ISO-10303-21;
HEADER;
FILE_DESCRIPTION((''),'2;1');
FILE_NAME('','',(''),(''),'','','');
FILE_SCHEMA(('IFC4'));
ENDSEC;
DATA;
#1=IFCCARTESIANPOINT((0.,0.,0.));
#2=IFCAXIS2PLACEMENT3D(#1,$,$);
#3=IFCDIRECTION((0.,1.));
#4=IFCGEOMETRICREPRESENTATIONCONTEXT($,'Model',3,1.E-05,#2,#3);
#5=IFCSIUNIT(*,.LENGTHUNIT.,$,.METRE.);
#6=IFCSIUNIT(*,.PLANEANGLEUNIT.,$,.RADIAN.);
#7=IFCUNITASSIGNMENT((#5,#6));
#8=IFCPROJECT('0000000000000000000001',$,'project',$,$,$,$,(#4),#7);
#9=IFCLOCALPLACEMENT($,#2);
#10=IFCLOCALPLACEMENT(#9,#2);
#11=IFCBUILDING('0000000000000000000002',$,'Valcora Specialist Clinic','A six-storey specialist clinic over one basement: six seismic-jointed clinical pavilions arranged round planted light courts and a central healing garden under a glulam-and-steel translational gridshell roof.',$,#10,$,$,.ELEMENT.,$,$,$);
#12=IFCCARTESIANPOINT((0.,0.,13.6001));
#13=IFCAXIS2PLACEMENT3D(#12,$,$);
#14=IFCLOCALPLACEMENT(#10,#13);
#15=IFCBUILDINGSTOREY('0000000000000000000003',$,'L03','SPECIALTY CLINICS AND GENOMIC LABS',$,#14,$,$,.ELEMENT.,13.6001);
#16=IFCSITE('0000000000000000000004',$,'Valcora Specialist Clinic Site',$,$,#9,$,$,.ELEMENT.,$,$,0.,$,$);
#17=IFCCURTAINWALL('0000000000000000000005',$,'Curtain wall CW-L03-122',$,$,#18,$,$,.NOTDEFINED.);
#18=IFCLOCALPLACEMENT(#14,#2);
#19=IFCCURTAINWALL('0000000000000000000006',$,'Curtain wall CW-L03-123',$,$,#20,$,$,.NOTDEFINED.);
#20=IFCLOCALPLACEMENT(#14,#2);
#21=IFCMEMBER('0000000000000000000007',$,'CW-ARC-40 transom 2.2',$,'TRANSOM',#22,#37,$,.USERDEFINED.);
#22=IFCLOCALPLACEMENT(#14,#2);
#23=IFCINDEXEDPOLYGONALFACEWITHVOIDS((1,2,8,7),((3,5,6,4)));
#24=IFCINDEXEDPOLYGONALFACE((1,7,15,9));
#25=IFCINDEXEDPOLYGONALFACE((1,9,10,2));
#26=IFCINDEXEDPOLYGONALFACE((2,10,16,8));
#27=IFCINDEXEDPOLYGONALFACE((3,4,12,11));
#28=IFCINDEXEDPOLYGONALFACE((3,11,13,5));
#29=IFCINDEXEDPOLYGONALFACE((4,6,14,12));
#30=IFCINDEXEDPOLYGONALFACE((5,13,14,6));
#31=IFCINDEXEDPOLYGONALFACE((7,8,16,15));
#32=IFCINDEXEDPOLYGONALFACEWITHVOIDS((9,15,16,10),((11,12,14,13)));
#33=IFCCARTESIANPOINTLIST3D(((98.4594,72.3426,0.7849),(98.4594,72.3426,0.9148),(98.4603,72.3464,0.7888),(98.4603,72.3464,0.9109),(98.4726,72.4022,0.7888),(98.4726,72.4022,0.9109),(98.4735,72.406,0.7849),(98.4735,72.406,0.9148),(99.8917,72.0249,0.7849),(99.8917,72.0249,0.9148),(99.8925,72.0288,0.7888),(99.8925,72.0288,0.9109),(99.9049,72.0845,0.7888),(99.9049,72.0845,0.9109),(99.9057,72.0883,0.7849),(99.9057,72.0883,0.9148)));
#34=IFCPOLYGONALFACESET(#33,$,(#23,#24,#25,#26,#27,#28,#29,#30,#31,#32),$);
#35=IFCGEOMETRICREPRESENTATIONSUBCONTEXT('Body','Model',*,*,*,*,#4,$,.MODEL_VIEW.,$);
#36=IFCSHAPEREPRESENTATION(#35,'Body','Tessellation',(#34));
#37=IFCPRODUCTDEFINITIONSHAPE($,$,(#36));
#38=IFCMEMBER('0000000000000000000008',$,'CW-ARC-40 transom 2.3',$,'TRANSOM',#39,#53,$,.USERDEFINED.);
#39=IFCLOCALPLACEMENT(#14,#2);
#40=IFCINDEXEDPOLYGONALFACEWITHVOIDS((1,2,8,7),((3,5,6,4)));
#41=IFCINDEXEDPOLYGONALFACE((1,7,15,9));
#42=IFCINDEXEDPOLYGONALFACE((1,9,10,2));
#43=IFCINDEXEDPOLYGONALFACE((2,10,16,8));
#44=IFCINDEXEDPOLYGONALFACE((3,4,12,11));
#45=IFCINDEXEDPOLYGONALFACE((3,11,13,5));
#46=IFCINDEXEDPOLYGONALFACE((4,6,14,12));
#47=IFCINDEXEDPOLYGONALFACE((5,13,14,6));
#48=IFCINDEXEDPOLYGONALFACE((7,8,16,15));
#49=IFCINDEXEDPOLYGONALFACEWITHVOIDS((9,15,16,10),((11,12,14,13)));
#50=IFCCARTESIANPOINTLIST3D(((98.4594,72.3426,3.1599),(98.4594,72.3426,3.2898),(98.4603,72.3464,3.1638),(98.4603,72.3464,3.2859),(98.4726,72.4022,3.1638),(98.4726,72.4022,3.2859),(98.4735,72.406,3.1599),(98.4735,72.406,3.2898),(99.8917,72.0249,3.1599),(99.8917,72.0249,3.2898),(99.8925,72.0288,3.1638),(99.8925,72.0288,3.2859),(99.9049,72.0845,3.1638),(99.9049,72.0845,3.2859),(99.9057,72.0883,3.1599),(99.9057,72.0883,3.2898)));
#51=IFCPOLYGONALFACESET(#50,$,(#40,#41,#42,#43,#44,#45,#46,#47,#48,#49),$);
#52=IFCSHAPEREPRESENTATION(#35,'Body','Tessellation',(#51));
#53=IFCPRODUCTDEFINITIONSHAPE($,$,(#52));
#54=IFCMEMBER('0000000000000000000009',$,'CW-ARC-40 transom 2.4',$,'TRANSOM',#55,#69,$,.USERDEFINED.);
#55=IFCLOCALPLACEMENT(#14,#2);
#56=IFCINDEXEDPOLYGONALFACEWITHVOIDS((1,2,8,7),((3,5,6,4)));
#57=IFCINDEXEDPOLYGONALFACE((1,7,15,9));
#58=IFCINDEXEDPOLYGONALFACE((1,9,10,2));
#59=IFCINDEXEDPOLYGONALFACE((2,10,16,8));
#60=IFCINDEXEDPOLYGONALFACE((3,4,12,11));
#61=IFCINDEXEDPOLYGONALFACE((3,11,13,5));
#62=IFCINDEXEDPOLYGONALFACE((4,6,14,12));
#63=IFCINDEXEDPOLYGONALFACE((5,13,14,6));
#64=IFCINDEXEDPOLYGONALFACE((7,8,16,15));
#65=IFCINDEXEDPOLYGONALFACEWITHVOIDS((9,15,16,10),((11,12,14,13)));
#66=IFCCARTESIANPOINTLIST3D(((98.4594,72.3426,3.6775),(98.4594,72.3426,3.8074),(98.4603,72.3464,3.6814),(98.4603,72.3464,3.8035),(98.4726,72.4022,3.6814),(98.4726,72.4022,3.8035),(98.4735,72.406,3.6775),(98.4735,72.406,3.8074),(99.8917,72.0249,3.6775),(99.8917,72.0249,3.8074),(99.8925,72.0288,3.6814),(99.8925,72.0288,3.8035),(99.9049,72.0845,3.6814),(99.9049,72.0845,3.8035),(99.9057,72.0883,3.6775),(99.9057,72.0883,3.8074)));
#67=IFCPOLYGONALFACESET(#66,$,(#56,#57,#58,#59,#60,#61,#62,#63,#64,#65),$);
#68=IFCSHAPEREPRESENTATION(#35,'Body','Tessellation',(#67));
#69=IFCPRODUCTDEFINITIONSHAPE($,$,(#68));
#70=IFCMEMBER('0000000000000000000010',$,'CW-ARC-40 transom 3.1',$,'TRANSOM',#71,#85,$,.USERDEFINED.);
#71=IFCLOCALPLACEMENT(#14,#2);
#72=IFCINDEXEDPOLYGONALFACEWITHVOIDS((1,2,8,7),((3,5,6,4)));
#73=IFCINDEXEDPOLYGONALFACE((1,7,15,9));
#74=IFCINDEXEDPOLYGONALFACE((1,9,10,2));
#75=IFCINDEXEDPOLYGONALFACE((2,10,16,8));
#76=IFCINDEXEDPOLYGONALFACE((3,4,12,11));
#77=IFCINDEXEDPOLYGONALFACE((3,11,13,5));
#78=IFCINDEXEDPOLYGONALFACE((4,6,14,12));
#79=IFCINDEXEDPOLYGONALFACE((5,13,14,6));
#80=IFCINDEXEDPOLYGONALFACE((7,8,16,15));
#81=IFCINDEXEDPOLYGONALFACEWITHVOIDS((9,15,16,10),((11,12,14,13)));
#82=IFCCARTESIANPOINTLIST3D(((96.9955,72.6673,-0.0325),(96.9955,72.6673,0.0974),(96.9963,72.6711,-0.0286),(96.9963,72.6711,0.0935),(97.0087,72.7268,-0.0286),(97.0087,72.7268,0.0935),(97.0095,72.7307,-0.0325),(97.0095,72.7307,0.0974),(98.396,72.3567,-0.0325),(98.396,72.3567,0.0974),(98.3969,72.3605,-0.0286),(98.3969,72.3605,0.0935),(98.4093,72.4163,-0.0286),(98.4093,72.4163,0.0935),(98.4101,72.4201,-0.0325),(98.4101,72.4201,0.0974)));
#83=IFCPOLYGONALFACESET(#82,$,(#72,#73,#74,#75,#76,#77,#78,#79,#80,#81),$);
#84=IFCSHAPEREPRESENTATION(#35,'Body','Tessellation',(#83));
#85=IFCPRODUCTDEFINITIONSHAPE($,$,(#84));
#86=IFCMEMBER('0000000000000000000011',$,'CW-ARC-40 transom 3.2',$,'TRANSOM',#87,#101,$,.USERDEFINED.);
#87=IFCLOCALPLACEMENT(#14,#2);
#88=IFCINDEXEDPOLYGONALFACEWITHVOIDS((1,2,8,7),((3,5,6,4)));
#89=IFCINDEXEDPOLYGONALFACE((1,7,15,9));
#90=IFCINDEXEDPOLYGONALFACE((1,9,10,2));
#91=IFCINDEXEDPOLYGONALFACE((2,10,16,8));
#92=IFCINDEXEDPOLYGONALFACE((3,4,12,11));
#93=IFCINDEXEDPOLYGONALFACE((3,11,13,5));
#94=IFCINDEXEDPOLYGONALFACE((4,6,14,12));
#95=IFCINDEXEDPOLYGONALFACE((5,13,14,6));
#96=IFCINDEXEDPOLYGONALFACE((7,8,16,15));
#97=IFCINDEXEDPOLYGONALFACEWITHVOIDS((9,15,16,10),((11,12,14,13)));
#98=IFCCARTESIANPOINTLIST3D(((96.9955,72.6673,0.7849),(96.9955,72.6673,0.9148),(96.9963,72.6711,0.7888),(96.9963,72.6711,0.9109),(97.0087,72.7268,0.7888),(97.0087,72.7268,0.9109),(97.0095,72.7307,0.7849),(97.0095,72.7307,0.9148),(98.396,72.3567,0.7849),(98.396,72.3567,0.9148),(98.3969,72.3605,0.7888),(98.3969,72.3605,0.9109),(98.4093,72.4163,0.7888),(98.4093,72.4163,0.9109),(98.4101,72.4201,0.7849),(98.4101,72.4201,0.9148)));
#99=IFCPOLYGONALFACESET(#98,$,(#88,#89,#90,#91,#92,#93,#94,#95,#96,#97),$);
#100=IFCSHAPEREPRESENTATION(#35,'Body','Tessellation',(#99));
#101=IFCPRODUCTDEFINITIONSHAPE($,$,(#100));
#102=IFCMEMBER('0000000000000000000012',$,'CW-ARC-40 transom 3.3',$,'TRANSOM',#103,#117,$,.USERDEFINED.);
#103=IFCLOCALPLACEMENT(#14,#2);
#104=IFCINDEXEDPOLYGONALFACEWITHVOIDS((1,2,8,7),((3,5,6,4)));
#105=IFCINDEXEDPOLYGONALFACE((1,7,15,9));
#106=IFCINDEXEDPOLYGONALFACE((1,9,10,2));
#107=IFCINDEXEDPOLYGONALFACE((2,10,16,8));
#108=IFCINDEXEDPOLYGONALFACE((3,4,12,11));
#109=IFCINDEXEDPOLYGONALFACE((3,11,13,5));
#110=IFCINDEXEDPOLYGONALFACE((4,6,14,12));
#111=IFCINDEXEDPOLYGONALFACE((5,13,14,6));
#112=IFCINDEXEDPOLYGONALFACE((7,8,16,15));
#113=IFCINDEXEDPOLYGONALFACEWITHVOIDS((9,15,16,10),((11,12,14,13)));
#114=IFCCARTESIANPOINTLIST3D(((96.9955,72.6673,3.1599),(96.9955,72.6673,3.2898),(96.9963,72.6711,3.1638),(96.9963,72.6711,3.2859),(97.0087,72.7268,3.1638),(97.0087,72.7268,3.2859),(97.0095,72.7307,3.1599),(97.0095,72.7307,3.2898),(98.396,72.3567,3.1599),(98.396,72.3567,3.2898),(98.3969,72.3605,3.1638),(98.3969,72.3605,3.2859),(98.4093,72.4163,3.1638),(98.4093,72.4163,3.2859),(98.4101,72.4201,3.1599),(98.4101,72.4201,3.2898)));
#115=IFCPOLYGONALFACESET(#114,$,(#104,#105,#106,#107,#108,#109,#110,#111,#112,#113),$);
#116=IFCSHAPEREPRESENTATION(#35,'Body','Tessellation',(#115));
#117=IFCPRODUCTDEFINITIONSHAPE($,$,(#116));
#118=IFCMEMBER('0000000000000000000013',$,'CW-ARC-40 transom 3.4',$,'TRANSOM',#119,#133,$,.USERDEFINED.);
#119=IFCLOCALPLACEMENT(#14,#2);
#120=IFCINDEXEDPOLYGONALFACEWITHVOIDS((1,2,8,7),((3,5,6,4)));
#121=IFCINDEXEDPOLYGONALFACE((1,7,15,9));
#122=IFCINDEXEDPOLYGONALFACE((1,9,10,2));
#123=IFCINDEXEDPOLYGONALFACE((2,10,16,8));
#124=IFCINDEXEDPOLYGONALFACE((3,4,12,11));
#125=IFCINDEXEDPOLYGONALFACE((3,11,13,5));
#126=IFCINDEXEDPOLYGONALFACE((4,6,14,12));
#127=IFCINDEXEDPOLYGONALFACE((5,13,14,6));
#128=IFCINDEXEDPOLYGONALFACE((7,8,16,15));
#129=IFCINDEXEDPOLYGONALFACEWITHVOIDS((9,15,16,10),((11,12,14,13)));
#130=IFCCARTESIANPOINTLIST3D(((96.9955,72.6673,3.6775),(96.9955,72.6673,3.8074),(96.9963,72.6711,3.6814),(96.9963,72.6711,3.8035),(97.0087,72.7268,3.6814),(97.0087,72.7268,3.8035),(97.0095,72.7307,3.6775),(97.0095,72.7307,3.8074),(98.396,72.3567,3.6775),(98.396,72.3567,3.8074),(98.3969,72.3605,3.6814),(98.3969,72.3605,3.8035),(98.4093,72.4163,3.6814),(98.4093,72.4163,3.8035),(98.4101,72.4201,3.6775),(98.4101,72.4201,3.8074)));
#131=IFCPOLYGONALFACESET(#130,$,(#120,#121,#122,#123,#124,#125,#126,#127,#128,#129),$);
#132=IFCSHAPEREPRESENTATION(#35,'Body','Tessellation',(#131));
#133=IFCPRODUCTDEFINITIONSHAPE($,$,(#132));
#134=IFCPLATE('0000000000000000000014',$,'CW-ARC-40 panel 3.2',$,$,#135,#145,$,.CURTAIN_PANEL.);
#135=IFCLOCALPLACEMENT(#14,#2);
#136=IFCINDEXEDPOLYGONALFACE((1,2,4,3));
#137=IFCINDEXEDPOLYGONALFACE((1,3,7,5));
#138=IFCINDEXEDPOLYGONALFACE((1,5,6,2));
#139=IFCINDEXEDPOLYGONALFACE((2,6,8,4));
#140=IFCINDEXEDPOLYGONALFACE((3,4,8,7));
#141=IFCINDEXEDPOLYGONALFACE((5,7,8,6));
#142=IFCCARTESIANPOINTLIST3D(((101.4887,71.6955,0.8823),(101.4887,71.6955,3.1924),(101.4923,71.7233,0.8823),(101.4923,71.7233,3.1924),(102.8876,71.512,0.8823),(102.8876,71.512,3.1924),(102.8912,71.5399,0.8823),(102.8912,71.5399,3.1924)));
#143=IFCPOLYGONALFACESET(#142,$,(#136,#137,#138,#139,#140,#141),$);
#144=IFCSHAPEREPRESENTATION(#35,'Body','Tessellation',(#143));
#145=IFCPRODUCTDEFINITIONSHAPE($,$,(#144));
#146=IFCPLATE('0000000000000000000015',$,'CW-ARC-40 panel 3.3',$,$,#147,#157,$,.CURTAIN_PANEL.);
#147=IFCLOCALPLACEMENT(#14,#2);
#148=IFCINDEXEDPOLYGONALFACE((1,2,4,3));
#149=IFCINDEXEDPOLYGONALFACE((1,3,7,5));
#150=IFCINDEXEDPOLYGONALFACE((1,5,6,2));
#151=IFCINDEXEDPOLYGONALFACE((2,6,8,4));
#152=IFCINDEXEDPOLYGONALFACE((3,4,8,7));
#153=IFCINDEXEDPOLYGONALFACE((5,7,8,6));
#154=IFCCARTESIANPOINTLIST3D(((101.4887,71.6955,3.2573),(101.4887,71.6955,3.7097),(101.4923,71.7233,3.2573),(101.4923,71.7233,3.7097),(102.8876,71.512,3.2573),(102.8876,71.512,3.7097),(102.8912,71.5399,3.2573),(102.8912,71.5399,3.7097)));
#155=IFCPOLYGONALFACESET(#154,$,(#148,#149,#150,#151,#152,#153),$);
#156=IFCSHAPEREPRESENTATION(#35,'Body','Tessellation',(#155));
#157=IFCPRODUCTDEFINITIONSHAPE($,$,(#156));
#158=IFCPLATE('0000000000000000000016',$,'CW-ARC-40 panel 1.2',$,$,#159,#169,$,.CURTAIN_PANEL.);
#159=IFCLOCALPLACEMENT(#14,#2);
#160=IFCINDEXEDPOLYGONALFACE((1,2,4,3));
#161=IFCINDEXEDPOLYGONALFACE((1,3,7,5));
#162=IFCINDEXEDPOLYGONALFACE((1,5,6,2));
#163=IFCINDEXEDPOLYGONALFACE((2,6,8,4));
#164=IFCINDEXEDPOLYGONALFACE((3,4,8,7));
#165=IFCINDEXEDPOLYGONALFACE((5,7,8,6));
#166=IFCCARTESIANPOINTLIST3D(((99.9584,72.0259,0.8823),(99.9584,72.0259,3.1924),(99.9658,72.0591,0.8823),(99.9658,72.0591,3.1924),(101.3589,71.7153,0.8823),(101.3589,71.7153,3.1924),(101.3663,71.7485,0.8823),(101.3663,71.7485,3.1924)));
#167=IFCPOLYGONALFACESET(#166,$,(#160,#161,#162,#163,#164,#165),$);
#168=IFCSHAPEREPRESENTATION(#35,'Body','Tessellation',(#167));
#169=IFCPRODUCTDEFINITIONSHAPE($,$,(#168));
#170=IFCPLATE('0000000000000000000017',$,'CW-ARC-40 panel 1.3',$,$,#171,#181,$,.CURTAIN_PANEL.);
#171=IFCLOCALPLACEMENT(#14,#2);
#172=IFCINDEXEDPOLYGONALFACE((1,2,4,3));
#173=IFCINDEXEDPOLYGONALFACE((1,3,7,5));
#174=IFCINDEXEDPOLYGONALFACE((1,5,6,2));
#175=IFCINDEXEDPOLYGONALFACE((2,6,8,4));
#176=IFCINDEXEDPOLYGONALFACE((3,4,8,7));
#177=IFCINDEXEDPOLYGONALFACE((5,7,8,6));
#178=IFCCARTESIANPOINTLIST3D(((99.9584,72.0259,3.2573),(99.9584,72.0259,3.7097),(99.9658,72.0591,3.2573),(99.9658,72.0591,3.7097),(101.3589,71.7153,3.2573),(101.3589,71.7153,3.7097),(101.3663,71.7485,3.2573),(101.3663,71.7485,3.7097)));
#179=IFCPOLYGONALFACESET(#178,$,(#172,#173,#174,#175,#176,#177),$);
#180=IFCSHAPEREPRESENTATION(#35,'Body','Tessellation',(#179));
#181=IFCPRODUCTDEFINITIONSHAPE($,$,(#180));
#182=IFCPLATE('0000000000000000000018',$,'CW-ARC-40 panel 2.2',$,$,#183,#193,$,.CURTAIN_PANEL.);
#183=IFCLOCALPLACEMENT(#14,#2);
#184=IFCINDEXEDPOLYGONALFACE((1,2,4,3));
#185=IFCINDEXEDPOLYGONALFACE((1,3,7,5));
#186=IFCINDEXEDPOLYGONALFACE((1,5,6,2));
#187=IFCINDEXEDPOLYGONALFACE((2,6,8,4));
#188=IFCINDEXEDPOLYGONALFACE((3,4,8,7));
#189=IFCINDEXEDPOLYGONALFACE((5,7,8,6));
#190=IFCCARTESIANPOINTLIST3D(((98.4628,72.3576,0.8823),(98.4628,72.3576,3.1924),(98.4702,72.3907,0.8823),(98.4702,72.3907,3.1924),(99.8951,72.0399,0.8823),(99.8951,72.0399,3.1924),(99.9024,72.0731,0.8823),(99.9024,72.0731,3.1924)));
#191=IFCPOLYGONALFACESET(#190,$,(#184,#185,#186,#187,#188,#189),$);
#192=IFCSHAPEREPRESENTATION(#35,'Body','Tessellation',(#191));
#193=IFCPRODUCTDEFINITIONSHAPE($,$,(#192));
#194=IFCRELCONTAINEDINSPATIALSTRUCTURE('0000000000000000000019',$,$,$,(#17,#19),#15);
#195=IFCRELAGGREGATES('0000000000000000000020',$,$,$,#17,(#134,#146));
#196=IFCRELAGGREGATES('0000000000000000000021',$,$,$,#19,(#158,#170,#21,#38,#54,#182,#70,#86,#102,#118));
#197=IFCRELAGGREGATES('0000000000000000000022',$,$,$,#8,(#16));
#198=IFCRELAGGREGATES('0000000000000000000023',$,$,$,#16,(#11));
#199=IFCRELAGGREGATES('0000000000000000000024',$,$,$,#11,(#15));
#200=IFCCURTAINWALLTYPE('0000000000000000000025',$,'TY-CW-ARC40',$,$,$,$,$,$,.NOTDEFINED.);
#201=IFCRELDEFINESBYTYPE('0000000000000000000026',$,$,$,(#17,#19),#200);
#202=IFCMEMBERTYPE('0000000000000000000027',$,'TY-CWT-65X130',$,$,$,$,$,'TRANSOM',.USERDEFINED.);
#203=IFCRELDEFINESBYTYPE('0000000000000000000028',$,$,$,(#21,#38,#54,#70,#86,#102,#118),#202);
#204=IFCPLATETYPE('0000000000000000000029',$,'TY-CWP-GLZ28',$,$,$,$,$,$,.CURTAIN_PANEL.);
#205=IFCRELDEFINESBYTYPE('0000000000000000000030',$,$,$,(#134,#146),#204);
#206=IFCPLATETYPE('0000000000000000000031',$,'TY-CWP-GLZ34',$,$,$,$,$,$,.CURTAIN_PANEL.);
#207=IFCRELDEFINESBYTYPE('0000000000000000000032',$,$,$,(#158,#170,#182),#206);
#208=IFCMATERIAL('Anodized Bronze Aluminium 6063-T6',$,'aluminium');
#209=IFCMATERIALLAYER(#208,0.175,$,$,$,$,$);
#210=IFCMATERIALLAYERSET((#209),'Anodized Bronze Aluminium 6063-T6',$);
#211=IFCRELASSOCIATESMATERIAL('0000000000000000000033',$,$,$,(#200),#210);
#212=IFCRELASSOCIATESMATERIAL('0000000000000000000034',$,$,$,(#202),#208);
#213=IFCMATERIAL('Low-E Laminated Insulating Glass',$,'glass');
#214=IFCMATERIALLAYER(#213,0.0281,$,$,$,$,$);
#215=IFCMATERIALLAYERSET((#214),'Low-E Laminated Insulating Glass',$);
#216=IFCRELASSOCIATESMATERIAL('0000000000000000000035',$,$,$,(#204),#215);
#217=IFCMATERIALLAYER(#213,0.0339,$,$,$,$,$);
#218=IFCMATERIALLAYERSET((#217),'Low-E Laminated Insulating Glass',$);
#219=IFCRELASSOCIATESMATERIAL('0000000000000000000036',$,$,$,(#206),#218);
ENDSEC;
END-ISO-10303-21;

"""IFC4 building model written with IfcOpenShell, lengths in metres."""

from ifc_helpers import new_model, si_unit, direction, frame, origin, origin_2d, place, context, subcontext, project, spatial, rectangle, hollow_rectangle, extrude, material, layer, layer_set, material_profile, profile_set, type_object, element, aggregate, save


model = new_model("IFC4")

# Units and contexts
model_context = context("Model", 3, precision=1e-05, world=origin(), true_north=direction((0.0, 1.0)))
body_context = subcontext(model_context, "Body", "Model", "MODEL_VIEW")
ifc_project = project(units=[si_unit("LENGTHUNIT", "METRE"), si_unit("PLANEANGLEUNIT", "RADIAN")], contexts=[model_context])

# Site, building, storey
site_placement = place(None, origin())
site = spatial("IfcSite", under=ifc_project, at=site_placement, Name="Valcora Specialist Clinic Site", CompositionType="ELEMENT", RefElevation=0.0)
building_placement = place(site_placement, origin())
building = spatial("IfcBuilding", under=site, at=building_placement, Name="Valcora Specialist Clinic", Description="A six-storey specialist clinic over one basement: six seismic-jointed clinical pavilions arranged round planted light courts and a central healing garden under a glulam-and-steel translational gridshell roof.", CompositionType="ELEMENT")
storey_placement = place(building_placement, frame((0.0, 0.0, 13.6001)))
storey = spatial("IfcBuildingStorey", under=building, at=storey_placement, Name="L03", Description="SPECIALTY CLINICS AND GENOMIC LABS", CompositionType="ELEMENT", Elevation=13.6001)

# Curtain wall
ifc_material_1 = material(Name="Anodized Bronze Aluminium 6063-T6", Category="aluminium")
ifc_layer_1 = layer(ifc_material_1, 0.175)
ifc_layer_set_1 = layer_set([ifc_layer_1], Name="Anodized Bronze Aluminium 6063-T6")
curtain_wall_type = type_object("IfcCurtainWallType", Name="TY-CW-ARC40", PredefinedType="NOTDEFINED", material=ifc_layer_set_1)
curtain_wall_1_placement = place(storey_placement, origin())
curtain_wall_1 = element("IfcCurtainWall", 1, at=curtain_wall_1_placement, inside=storey, type_object=curtain_wall_type, Name="Curtain wall CW-L03-122", PredefinedType="NOTDEFINED")

# Curtain wall
curtain_wall_2_placement = place(storey_placement, origin())
curtain_wall_2 = element("IfcCurtainWall", 2, at=curtain_wall_2_placement, inside=storey, type_object=curtain_wall_type, Name="Curtain wall CW-L03-123", PredefinedType="NOTDEFINED")

# Members
ifc_material_profile_1 = material_profile(ifc_material_1, hollow_rectangle(XDim=0.0649, YDim=0.1299, WallThickness=0.0039, at=origin_2d()), Name="AL-TRN-65X130")
ifc_profile_set_1 = profile_set([ifc_material_profile_1], Name="Anodized Bronze Aluminium 6063-T6")
member_type_1 = type_object("IfcMemberType", Name="TY-CWT-65X130", ElementType="TRANSOM", PredefinedType="USERDEFINED", material=ifc_profile_set_1)
member_1_placement = place(storey_placement, frame((99.8987, 72.0566, 0.8499), z_axis=(-0.976277, 0.216525, 0.0), x_axis=(-0.216525, -0.976277, 0.0)))
member_1 = element("IfcMember", 3, at=member_1_placement, type_object=member_type_1, Name="CW-ARC-40 transom 2.2", ObjectType="TRANSOM", PredefinedType="USERDEFINED", context=body_context, shape_type="SweptSolid", body=[
    extrude(hollow_rectangle(XDim=0.0649, YDim=0.1299, WallThickness=0.0039, at=origin_2d()), origin(), (0.0, 0.0, 1.0), 1.467),
])
member_2_placement = place(storey_placement, frame((99.8987, 72.0566, 3.2249), z_axis=(-0.976277, 0.216525, 0.0), x_axis=(-0.216525, -0.976277, 0.0)))
member_2 = element("IfcMember", 4, at=member_2_placement, type_object=member_type_1, Name="CW-ARC-40 transom 2.3", ObjectType="TRANSOM", PredefinedType="USERDEFINED", context=body_context, shape_type="SweptSolid", body=[
    extrude(hollow_rectangle(XDim=0.0649, YDim=0.1299, WallThickness=0.0039, at=origin_2d()), origin(), (0.0, 0.0, 1.0), 1.467),
])
member_3_placement = place(storey_placement, frame((99.8987, 72.0566, 3.7424), z_axis=(-0.976277, 0.216525, 0.0), x_axis=(-0.216525, -0.976277, 0.0)))
member_3 = element("IfcMember", 5, at=member_3_placement, type_object=member_type_1, Name="CW-ARC-40 transom 2.4", ObjectType="TRANSOM", PredefinedType="USERDEFINED", context=body_context, shape_type="SweptSolid", body=[
    extrude(hollow_rectangle(XDim=0.0649, YDim=0.1299, WallThickness=0.0039, at=origin_2d()), origin(), (0.0, 0.0, 1.0), 1.467),
])
member_4_placement = place(storey_placement, frame((98.4031, 72.3884, 0.0325), z_axis=(-0.976291, 0.216462, 0.0), x_axis=(-0.216462, -0.976291, 0.0)))
member_4 = element("IfcMember", 6, at=member_4_placement, type_object=member_type_1, Name="CW-ARC-40 transom 3.1", ObjectType="TRANSOM", PredefinedType="USERDEFINED", context=body_context, shape_type="SweptSolid", body=[
    extrude(hollow_rectangle(XDim=0.0649, YDim=0.1299, WallThickness=0.0039, at=origin_2d()), origin(), (0.0, 0.0, 1.0), 1.4346),
])
member_5_placement = place(storey_placement, frame((98.4031, 72.3884, 0.8499), z_axis=(-0.976291, 0.216462, 0.0), x_axis=(-0.216462, -0.976291, 0.0)))
member_5 = element("IfcMember", 7, at=member_5_placement, type_object=member_type_1, Name="CW-ARC-40 transom 3.2", ObjectType="TRANSOM", PredefinedType="USERDEFINED", context=body_context, shape_type="SweptSolid", body=[
    extrude(hollow_rectangle(XDim=0.0649, YDim=0.1299, WallThickness=0.0039, at=origin_2d()), origin(), (0.0, 0.0, 1.0), 1.4346),
])
member_6_placement = place(storey_placement, frame((98.4031, 72.3884, 3.2249), z_axis=(-0.976291, 0.216462, 0.0), x_axis=(-0.216462, -0.976291, 0.0)))
member_6 = element("IfcMember", 8, at=member_6_placement, type_object=member_type_1, Name="CW-ARC-40 transom 3.3", ObjectType="TRANSOM", PredefinedType="USERDEFINED", context=body_context, shape_type="SweptSolid", body=[
    extrude(hollow_rectangle(XDim=0.0649, YDim=0.1299, WallThickness=0.0039, at=origin_2d()), origin(), (0.0, 0.0, 1.0), 1.4346),
])
member_7_placement = place(storey_placement, frame((98.4031, 72.3884, 3.7424), z_axis=(-0.976291, 0.216462, 0.0), x_axis=(-0.216462, -0.976291, 0.0)))
member_7 = element("IfcMember", 9, at=member_7_placement, type_object=member_type_1, Name="CW-ARC-40 transom 3.4", ObjectType="TRANSOM", PredefinedType="USERDEFINED", context=body_context, shape_type="SweptSolid", body=[
    extrude(hollow_rectangle(XDim=0.0649, YDim=0.1299, WallThickness=0.0039, at=origin_2d()), origin(), (0.0, 0.0, 1.0), 1.4346),
])

# Plates
ifc_material_2 = material(Name="Low-E Laminated Insulating Glass", Category="glass")
ifc_layer_2 = layer(ifc_material_2, 0.0281)
ifc_layer_set_2 = layer_set([ifc_layer_2], Name="Low-E Laminated Insulating Glass")
plate_type_1 = type_object("IfcPlateType", Name="TY-CWP-GLZ28", PredefinedType="CURTAIN_PANEL", material=ifc_layer_set_2)
plate_1_placement = place(storey_placement, frame((102.1899, 71.6177, 0.8823), z_axis=(0.0, 0.0, 1.0), x_axis=(-0.991514, 0.129999, 0.0)))
plate_1 = element("IfcPlate", 10, at=plate_1_placement, type_object=plate_type_1, Name="CW-ARC-40 panel 3.2", PredefinedType="CURTAIN_PANEL", context=body_context, shape_type="SweptSolid", body=[
    extrude(rectangle(XDim=1.4109, YDim=0.0281, at=origin_2d()), origin(), (0.0, 0.0, 1.0), 2.3101),
])
plate_2_placement = place(storey_placement, frame((102.1899, 71.6177, 3.2573), z_axis=(0.0, 0.0, 1.0), x_axis=(-0.991514, 0.129999, 0.0)))
plate_2 = element("IfcPlate", 11, at=plate_2_placement, type_object=plate_type_1, Name="CW-ARC-40 panel 3.3", PredefinedType="CURTAIN_PANEL", context=body_context, shape_type="SweptSolid", body=[
    extrude(rectangle(XDim=1.4109, YDim=0.0281, at=origin_2d()), origin(), (0.0, 0.0, 1.0), 0.4524),
])
ifc_layer_3 = layer(ifc_material_2, 0.0339)
ifc_layer_set_3 = layer_set([ifc_layer_3], Name="Low-E Laminated Insulating Glass")
plate_type_2 = type_object("IfcPlateType", Name="TY-CWP-GLZ34", PredefinedType="CURTAIN_PANEL", material=ifc_layer_set_3)
plate_3_placement = place(storey_placement, frame((100.6624, 71.8872, 0.8823), z_axis=(0.0, 0.0, 1.0), x_axis=(-0.976279, 0.216518, 0.0)))
plate_3 = element("IfcPlate", 12, at=plate_3_placement, type_object=plate_type_2, Name="CW-ARC-40 panel 1.2", PredefinedType="CURTAIN_PANEL", context=body_context, shape_type="SweptSolid", body=[
    extrude(rectangle(XDim=1.4346, YDim=0.0339, at=origin_2d()), origin(), (0.0, 0.0, 1.0), 2.3101),
])
plate_4_placement = place(storey_placement, frame((100.6624, 71.8872, 3.2573), z_axis=(0.0, 0.0, 1.0), x_axis=(-0.976279, 0.216518, 0.0)))
plate_4 = element("IfcPlate", 13, at=plate_4_placement, type_object=plate_type_2, Name="CW-ARC-40 panel 1.3", PredefinedType="CURTAIN_PANEL", context=body_context, shape_type="SweptSolid", body=[
    extrude(rectangle(XDim=1.4346, YDim=0.0339, at=origin_2d()), origin(), (0.0, 0.0, 1.0), 0.4524),
])
plate_5_placement = place(storey_placement, frame((99.1826, 72.2153, 0.8823), z_axis=(0.0, 0.0, 1.0), x_axis=(-0.976279, 0.216518, 0.0)))
plate_5 = element("IfcPlate", 14, at=plate_5_placement, type_object=plate_type_2, Name="CW-ARC-40 panel 2.2", PredefinedType="CURTAIN_PANEL", context=body_context, shape_type="SweptSolid", body=[
    extrude(rectangle(XDim=1.467, YDim=0.0339, at=origin_2d()), origin(), (0.0, 0.0, 1.0), 2.3101),
])
aggregate(curtain_wall_1, [plate_1, plate_2])
aggregate(curtain_wall_2, [plate_3, plate_4, member_1, member_2, member_3, plate_5, member_4, member_5, member_6, member_7])

save(model, "model.ifc")
